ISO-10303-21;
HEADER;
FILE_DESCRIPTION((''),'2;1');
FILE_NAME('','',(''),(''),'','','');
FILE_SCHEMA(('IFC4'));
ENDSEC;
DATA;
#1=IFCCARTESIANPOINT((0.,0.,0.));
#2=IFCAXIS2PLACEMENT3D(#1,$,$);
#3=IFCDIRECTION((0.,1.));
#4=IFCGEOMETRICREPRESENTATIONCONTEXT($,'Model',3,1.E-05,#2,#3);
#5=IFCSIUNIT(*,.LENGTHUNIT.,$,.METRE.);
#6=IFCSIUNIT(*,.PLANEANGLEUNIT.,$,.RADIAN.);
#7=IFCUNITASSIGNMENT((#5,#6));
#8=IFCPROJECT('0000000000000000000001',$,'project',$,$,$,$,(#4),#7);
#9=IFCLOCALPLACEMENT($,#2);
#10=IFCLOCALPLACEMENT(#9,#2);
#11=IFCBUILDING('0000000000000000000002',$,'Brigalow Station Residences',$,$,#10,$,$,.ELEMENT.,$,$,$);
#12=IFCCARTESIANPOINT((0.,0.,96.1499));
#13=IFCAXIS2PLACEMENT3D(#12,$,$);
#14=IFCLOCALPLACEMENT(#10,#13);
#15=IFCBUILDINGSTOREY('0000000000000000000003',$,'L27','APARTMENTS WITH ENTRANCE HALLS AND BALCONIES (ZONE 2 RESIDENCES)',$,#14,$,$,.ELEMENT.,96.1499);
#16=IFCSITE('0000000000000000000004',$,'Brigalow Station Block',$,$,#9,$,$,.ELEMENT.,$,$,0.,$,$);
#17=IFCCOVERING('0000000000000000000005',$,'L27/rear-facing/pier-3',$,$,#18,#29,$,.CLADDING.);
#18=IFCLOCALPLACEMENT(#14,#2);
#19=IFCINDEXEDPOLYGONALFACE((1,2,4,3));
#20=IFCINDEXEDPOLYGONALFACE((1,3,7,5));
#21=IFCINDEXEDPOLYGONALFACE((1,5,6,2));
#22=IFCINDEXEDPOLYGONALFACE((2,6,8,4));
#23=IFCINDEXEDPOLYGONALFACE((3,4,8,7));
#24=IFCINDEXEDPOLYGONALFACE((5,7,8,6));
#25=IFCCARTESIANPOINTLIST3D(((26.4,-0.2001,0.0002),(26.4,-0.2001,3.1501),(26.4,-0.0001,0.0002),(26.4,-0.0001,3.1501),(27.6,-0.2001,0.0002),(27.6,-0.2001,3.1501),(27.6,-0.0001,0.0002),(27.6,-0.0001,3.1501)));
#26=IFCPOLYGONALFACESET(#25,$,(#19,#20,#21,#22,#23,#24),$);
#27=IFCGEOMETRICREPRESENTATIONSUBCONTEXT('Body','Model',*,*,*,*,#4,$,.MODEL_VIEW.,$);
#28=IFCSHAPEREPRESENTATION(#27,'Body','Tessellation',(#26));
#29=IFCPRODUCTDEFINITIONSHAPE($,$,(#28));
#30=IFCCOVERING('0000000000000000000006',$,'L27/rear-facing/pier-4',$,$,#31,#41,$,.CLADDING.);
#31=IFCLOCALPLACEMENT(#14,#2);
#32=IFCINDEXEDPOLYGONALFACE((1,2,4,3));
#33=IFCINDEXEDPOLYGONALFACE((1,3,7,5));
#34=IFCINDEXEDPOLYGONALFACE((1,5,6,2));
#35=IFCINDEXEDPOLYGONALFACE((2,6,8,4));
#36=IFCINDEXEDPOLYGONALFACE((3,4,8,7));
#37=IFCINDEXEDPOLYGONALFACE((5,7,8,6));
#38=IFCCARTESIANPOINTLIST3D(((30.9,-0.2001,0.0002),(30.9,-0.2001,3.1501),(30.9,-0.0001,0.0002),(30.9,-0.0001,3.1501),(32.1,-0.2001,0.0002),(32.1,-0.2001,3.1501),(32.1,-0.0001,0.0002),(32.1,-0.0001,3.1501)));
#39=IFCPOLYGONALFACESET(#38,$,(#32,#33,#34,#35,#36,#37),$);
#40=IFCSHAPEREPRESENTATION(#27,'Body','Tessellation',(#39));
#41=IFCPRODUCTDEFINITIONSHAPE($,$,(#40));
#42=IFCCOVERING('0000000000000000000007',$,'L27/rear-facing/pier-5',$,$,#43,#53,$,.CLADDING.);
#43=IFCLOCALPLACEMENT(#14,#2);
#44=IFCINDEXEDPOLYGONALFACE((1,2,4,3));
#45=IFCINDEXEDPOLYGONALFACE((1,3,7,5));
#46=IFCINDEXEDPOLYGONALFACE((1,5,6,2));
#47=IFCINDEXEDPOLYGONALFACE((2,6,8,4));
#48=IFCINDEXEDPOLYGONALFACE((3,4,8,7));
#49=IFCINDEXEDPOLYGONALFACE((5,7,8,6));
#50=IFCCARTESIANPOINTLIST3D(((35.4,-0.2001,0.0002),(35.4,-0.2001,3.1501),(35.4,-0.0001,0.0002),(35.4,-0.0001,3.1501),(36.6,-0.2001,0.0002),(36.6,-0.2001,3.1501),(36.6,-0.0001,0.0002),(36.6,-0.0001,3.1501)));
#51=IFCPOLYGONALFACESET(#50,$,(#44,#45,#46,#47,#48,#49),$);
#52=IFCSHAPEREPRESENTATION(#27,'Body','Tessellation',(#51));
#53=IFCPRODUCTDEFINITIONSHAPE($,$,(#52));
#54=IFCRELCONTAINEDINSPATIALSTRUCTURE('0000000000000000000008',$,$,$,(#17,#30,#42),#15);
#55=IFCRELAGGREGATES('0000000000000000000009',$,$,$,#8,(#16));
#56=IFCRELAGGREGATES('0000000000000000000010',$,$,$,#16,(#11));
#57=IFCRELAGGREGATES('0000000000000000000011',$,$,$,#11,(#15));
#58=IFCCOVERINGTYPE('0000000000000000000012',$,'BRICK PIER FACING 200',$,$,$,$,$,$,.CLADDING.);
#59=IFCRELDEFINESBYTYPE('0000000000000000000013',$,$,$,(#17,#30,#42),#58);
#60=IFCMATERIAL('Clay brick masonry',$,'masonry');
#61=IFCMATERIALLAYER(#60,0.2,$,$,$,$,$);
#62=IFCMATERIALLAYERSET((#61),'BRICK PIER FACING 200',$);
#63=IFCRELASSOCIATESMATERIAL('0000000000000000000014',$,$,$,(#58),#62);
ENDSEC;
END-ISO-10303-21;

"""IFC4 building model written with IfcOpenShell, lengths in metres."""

from ifc_helpers import new_model, si_unit, direction, frame, origin, origin_2d, place, context, subcontext, project, spatial, rectangle, extrude, material, layer, layer_set, type_object, element, save


model = new_model("IFC4")

# Units and contexts
model_context = context("Model", 3, precision=1e-05, world=origin(), true_north=direction((0.0, 1.0)))
body_context = subcontext(model_context, "Body", "Model", "MODEL_VIEW")
ifc_project = project(units=[si_unit("LENGTHUNIT", "METRE"), si_unit("PLANEANGLEUNIT", "RADIAN")], contexts=[model_context])

# Site, building, storey
site_placement = place(None, origin())
site = spatial("IfcSite", under=ifc_project, at=site_placement, Name="Brigalow Station Block", CompositionType="ELEMENT", RefElevation=0.0)
building_placement = place(site_placement, origin())
building = spatial("IfcBuilding", under=site, at=building_placement, Name="Brigalow Station Residences", CompositionType="ELEMENT")
storey_placement = place(building_placement, frame((0.0, 0.0, 96.1499)))
storey = spatial("IfcBuildingStorey", under=building, at=storey_placement, Name="L27", Description="APARTMENTS WITH ENTRANCE HALLS AND BALCONIES (ZONE 2 RESIDENCES)", CompositionType="ELEMENT", Elevation=96.1499)

# Coverings
ifc_material_1 = material(Name="Clay brick masonry", Category="masonry")
ifc_layer_1 = layer(ifc_material_1, 0.2)
ifc_layer_set_1 = layer_set([ifc_layer_1], Name="BRICK PIER FACING 200")
covering_type_1 = type_object("IfcCoveringType", Name="BRICK PIER FACING 200", PredefinedType="CLADDING", material=ifc_layer_set_1)
for number, where, z_axis, x_axis, name in (
    (1, (27.0, -0.1001, 0.0002), (0.0, 0.0, 1.0), (1.0, 0.0, 0.0), "L27/rear-facing/pier-3"),
    (2, (31.5, -0.1001, 0.0002), (0.0, 0.0, 1.0), (1.0, 0.0, 0.0), "L27/rear-facing/pier-4"),
    (3, (36.0, -0.1001, 0.0002), (0.0, 0.0, 1.0), (1.0, 0.0, 0.0), "L27/rear-facing/pier-5"),
):
    element("IfcCovering", number, at=place(storey_placement, frame(where, z_axis=z_axis, x_axis=x_axis)), inside=storey, type_object=covering_type_1, Name=name, PredefinedType="CLADDING", context=body_context, shape_type="SweptSolid", body=[
        extrude(rectangle(XDim=1.2, YDim=0.2, at=origin_2d()), origin(), (0.0, 0.0, 1.0), 3.1499),
    ])

save(model, "model.ifc")
